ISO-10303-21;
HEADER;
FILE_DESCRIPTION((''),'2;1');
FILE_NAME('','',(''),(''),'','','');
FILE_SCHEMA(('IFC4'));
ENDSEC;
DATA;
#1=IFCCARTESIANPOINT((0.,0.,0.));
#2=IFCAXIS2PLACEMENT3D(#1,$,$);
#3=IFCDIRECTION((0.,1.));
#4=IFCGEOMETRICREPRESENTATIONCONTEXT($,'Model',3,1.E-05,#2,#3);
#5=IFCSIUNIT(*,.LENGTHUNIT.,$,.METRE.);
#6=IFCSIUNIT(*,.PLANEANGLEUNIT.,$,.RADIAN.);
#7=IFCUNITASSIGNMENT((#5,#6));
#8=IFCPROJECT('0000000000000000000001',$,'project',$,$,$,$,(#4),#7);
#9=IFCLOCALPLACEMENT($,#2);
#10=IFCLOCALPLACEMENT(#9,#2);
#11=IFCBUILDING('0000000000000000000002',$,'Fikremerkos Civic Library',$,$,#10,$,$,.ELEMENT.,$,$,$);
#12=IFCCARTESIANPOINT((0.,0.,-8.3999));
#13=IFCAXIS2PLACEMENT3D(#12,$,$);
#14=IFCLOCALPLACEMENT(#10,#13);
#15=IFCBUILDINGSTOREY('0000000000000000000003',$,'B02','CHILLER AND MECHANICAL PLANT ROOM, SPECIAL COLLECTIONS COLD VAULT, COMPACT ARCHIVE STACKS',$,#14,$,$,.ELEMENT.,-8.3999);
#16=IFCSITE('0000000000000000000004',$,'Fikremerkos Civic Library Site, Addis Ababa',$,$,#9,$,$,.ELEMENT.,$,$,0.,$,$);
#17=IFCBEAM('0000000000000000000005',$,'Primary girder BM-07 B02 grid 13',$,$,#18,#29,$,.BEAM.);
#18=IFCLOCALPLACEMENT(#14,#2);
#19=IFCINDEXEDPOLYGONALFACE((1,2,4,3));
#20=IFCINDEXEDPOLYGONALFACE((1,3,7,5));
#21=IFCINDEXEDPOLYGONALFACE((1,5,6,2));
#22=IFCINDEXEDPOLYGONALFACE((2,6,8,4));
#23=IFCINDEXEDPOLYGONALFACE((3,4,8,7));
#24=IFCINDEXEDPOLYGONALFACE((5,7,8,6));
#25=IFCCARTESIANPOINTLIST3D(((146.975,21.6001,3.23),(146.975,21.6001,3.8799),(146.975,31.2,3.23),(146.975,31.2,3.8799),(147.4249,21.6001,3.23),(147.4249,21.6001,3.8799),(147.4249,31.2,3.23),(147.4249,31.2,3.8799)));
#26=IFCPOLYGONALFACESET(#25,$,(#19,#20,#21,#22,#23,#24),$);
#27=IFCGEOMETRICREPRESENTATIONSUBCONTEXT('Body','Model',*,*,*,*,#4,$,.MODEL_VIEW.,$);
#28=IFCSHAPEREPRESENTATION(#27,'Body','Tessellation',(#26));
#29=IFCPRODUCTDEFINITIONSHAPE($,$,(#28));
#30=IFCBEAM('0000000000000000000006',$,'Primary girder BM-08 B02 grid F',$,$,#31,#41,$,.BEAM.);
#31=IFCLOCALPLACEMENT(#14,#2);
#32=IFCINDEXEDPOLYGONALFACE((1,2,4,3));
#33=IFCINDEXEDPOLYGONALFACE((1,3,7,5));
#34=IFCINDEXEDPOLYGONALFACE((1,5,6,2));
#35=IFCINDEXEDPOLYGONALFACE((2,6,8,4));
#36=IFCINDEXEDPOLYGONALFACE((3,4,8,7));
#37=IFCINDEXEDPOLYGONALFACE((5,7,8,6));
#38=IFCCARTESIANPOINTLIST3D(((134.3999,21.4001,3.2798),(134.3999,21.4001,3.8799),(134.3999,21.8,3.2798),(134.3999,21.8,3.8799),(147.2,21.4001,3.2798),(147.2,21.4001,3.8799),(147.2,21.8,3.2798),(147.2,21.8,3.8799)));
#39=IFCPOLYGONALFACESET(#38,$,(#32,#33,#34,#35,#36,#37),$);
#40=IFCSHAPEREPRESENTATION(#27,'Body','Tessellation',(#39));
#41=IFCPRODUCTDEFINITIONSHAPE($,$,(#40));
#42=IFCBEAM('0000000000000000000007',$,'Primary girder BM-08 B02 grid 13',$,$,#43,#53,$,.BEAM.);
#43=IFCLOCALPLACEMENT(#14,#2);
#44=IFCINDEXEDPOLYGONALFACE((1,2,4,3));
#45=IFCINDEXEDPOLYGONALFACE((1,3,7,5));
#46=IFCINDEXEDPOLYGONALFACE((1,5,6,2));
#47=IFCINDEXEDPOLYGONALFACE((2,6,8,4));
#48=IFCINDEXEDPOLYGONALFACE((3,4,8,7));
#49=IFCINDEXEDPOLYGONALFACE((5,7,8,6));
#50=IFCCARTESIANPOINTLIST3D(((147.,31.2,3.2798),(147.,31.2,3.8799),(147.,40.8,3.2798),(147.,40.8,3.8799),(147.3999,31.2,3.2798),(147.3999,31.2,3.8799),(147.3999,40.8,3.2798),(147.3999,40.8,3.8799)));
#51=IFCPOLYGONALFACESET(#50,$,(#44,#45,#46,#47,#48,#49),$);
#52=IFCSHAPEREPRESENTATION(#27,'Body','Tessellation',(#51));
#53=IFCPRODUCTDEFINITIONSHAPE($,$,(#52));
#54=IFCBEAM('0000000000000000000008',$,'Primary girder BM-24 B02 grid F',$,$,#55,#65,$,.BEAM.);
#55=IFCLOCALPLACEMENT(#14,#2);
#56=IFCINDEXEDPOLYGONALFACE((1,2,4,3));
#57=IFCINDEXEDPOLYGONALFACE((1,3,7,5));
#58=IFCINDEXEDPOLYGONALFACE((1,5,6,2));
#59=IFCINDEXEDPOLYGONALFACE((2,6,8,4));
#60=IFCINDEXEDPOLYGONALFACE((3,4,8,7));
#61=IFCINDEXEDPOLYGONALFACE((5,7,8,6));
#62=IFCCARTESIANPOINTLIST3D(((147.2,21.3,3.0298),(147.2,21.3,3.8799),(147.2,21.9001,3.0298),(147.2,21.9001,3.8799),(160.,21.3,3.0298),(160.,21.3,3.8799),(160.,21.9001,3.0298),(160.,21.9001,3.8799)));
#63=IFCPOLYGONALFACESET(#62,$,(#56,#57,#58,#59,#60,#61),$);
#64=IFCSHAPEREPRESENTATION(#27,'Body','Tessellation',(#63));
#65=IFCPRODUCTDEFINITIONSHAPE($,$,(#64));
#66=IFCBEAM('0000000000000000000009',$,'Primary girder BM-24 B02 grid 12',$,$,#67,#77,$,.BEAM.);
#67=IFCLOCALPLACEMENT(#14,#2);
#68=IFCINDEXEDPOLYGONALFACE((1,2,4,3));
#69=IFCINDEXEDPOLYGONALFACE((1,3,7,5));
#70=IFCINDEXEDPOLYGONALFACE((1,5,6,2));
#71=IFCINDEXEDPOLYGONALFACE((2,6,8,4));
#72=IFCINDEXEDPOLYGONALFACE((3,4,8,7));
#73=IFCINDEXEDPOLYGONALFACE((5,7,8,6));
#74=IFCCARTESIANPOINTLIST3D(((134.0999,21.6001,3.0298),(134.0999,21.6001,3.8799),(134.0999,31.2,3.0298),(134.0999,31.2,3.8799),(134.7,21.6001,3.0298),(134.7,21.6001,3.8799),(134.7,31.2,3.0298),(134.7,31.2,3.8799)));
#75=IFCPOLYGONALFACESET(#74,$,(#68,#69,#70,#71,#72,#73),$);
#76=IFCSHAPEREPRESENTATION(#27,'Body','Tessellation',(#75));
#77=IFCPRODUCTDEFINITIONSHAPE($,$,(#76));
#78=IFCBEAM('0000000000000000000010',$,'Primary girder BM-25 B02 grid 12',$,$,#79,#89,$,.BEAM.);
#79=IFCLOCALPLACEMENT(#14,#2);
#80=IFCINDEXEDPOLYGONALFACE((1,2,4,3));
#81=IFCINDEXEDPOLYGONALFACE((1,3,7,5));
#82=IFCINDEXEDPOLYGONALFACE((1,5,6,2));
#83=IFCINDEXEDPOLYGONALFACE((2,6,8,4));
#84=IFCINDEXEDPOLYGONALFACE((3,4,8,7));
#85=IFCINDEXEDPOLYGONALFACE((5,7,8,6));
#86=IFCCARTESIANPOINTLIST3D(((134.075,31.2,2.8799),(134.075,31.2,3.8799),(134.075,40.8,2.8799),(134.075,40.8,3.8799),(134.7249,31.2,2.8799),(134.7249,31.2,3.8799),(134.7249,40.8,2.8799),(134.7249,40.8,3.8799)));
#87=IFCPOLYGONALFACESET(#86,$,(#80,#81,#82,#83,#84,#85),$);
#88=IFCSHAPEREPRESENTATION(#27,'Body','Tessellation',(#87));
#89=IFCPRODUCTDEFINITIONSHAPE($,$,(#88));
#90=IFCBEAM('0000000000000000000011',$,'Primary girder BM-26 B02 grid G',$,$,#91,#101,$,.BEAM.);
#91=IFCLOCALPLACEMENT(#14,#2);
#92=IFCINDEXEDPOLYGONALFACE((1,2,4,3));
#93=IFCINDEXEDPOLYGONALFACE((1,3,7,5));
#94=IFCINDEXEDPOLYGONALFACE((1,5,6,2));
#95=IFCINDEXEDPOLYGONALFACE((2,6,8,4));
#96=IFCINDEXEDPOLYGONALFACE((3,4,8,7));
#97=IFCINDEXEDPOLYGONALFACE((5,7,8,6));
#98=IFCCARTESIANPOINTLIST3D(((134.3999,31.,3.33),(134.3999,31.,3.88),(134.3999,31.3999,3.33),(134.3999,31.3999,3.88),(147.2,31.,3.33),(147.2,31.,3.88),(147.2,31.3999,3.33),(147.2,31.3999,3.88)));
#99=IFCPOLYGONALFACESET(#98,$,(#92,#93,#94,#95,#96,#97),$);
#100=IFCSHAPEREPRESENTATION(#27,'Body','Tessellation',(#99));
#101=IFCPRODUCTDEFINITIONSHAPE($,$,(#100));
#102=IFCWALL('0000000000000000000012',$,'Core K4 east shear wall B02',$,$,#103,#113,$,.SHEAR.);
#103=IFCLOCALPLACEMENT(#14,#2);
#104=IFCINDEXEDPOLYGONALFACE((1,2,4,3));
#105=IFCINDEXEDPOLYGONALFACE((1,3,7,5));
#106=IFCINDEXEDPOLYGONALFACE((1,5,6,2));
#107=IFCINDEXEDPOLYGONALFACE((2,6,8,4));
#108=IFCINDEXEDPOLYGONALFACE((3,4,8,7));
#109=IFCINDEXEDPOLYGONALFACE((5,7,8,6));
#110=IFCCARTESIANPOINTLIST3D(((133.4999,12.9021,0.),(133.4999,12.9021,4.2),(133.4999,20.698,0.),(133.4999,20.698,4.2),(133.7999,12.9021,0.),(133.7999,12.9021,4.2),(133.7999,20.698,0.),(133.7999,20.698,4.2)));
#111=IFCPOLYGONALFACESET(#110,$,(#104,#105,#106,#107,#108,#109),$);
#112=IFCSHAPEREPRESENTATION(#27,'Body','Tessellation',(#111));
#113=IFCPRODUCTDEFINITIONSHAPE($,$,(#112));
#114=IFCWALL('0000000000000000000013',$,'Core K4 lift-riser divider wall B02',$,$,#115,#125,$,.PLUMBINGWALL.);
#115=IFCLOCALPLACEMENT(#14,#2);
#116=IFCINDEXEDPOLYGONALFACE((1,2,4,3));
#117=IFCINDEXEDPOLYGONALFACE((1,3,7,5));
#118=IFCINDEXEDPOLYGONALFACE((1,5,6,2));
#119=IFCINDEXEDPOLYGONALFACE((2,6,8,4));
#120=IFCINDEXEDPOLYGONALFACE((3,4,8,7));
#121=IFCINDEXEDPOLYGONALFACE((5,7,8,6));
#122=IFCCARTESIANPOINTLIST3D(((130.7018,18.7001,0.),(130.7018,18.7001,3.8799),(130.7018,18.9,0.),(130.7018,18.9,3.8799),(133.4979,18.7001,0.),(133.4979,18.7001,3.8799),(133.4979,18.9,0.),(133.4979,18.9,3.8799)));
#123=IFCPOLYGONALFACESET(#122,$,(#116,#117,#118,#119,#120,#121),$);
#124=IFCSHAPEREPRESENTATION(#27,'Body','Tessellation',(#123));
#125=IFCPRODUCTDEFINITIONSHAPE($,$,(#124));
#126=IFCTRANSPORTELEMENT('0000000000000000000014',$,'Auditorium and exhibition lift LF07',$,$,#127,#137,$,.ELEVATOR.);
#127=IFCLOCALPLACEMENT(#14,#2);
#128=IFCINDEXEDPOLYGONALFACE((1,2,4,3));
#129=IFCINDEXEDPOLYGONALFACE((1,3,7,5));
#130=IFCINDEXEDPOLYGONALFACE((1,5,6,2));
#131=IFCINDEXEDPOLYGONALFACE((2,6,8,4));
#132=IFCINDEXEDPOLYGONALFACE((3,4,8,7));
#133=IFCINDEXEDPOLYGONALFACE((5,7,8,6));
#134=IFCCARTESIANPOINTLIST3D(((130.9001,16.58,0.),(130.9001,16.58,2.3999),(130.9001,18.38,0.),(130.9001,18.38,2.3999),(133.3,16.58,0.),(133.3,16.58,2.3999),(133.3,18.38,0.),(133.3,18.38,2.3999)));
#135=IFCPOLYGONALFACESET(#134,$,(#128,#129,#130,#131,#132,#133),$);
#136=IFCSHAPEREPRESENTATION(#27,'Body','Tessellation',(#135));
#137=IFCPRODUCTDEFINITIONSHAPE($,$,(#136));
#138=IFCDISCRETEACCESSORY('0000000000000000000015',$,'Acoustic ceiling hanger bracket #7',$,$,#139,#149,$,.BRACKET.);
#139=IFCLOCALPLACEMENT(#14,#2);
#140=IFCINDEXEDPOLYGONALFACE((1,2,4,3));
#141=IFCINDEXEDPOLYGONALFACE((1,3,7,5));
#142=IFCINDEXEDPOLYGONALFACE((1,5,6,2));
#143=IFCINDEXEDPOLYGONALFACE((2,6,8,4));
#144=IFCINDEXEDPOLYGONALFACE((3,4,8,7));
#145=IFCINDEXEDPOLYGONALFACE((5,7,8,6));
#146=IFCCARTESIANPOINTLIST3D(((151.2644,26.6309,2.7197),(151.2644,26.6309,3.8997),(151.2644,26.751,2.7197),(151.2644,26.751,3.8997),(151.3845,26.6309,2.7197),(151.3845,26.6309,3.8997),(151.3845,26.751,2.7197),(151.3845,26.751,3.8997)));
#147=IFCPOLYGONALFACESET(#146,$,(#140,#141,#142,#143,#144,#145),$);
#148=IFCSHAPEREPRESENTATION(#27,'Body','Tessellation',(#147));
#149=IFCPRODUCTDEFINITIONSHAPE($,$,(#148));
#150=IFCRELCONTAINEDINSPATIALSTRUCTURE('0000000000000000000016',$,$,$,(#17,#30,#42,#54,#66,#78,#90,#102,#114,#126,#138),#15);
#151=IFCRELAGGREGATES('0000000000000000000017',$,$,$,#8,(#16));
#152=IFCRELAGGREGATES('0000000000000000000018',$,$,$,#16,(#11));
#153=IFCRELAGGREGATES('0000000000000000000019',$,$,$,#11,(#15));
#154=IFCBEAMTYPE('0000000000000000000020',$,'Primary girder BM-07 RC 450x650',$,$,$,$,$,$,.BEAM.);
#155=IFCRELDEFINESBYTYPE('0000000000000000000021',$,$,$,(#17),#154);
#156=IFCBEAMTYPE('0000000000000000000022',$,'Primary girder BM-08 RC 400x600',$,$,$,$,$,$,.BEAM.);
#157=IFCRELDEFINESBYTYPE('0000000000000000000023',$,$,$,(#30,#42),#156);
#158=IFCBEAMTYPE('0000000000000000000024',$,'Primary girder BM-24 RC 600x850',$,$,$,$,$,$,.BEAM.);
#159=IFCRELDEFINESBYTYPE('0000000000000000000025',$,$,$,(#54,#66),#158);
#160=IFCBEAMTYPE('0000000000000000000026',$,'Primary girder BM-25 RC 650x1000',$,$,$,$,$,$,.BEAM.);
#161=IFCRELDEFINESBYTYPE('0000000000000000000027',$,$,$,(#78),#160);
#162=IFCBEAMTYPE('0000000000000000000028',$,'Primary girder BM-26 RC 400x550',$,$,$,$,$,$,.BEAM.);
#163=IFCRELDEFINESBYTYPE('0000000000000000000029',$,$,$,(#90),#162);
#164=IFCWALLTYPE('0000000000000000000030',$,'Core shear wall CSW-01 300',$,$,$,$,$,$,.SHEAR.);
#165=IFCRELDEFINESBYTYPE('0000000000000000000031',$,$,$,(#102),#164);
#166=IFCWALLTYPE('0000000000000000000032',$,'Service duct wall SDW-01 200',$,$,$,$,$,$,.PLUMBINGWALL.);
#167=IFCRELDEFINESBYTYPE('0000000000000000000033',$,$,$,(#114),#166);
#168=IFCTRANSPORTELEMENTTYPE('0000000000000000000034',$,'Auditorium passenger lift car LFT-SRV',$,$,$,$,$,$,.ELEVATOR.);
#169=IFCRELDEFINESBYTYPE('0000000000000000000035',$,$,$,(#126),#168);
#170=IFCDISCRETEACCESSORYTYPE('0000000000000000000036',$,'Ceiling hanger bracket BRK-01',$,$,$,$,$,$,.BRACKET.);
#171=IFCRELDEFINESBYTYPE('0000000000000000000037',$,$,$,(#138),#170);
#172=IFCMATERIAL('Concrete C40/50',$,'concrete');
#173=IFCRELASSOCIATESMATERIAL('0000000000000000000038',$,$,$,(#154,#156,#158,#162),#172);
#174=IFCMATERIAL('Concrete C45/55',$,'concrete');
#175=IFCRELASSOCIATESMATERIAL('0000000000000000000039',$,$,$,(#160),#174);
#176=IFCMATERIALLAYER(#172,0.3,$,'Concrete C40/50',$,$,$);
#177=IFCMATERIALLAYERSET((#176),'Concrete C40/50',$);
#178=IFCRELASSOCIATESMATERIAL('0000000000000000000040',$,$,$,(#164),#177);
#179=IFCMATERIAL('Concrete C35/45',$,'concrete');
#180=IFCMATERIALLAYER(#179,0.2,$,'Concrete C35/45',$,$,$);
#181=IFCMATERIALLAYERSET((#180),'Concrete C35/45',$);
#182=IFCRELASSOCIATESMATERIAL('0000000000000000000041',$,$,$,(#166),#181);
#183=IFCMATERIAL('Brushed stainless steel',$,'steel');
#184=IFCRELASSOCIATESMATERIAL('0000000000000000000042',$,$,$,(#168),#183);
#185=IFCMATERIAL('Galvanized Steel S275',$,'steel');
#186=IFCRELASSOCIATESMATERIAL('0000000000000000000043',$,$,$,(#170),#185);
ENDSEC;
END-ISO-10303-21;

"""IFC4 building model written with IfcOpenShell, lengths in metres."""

from ifc_helpers import new_model, si_unit, direction, frame, frame_2d, origin, origin_2d, place, context, subcontext, project, spatial, rectangle, extrude, material, layer, layer_set, material_profile, profile_set, type_object, element, save


model = new_model("IFC4")

# Units and contexts
model_context = context("Model", 3, precision=1e-05, world=origin(), true_north=direction((0.0, 1.0)))
body_context = subcontext(model_context, "Body", "Model", "MODEL_VIEW")
ifc_project = project(units=[si_unit("LENGTHUNIT", "METRE"), si_unit("PLANEANGLEUNIT", "RADIAN")], contexts=[model_context])

# Site, building, storey
site_placement = place(None, origin())
site = spatial("IfcSite", under=ifc_project, at=site_placement, Name="Fikremerkos Civic Library Site, Addis Ababa", CompositionType="ELEMENT", RefElevation=0.0)
building_placement = place(site_placement, origin())
building = spatial("IfcBuilding", under=site, at=building_placement, Name="Fikremerkos Civic Library", CompositionType="ELEMENT")
storey_placement = place(building_placement, frame((0.0, 0.0, -8.3999)))
storey = spatial("IfcBuildingStorey", under=building, at=storey_placement, Name="B02", Description="CHILLER AND MECHANICAL PLANT ROOM, SPECIAL COLLECTIONS COLD VAULT, COMPACT ARCHIVE STACKS", CompositionType="ELEMENT", Elevation=-8.3999)

# Shared definitions
ifc_material_1 = material(Name="Concrete C35/45", Category="concrete")

# Shared definitions
ifc_material_2 = material(Name="Concrete C40/50", Category="concrete")

# Shared definitions
ifc_material_3 = material(Name="Concrete C45/55", Category="concrete")

# Beams
ifc_material_profile_1 = material_profile(ifc_material_2, rectangle(XDim=0.45, YDim=0.6499, at=origin_2d()), Name="RC 450x650")
ifc_profile_set_1 = profile_set([ifc_material_profile_1], Name="Concrete C40/50")
beam_type_1 = type_object("IfcBeamType", Name="Primary girder BM-07 RC 450x650", PredefinedType="BEAM", material=ifc_profile_set_1)
beam_1_placement = place(storey_placement, frame((147.2, 21.6001, 3.5549), z_axis=(0.0, 1.0, 0.0), x_axis=(-1.0, 0.0, 0.0)))
element("IfcBeam", 1, at=beam_1_placement, inside=storey, type_object=beam_type_1, Name="Primary girder BM-07 B02 grid 13", PredefinedType="BEAM", context=body_context, shape_type="SweptSolid", body=[
    extrude(rectangle(XDim=0.45, YDim=0.6499, at=origin_2d()), origin(), (0.0, 0.0, 1.0), 9.5999),
])
ifc_material_profile_2 = material_profile(ifc_material_2, rectangle(XDim=0.3999, YDim=0.6001, at=origin_2d()), Name="RC 400x600")
ifc_profile_set_2 = profile_set([ifc_material_profile_2], Name="Concrete C40/50")
beam_type_2 = type_object("IfcBeamType", Name="Primary girder BM-08 RC 400x600", PredefinedType="BEAM", material=ifc_profile_set_2)
beam_2_placement = place(storey_placement, frame((134.3999, 21.6001, 3.5798), z_axis=(1.0, 0.0, 0.0), x_axis=(0.0, 1.0, 0.0)))
element("IfcBeam", 2, at=beam_2_placement, inside=storey, type_object=beam_type_2, Name="Primary girder BM-08 B02 grid F", PredefinedType="BEAM", context=body_context, shape_type="SweptSolid", body=[
    extrude(rectangle(XDim=0.3999, YDim=0.6001, at=origin_2d()), origin(), (0.0, 0.0, 1.0), 12.8),
])
beam_3_placement = place(storey_placement, frame((147.2, 31.2, 3.5798), z_axis=(0.0, 1.0, 0.0), x_axis=(-1.0, 0.0, 0.0)))
element("IfcBeam", 3, at=beam_3_placement, inside=storey, type_object=beam_type_2, Name="Primary girder BM-08 B02 grid 13", PredefinedType="BEAM", context=body_context, shape_type="SweptSolid", body=[
    extrude(rectangle(XDim=0.3999, YDim=0.6001, at=origin_2d()), origin(), (0.0, 0.0, 1.0), 9.6001),
])
ifc_material_profile_3 = material_profile(ifc_material_2, rectangle(XDim=0.6001, YDim=0.8501, at=origin_2d()), Name="RC 600x850")
ifc_profile_set_3 = profile_set([ifc_material_profile_3], Name="Concrete C40/50")
beam_type_3 = type_object("IfcBeamType", Name="Primary girder BM-24 RC 600x850", PredefinedType="BEAM", material=ifc_profile_set_3)
beam_4_placement = place(storey_placement, frame((147.2, 21.6001, 3.4548), z_axis=(1.0, 0.0, 0.0), x_axis=(0.0, 1.0, 0.0)))
element("IfcBeam", 4, at=beam_4_placement, inside=storey, type_object=beam_type_3, Name="Primary girder BM-24 B02 grid F", PredefinedType="BEAM", context=body_context, shape_type="SweptSolid", body=[
    extrude(rectangle(XDim=0.6001, YDim=0.8501, at=origin_2d()), origin(), (0.0, 0.0, 1.0), 12.8),
])
beam_5_placement = place(storey_placement, frame((134.3999, 21.6001, 3.4548), z_axis=(0.0, 1.0, 0.0), x_axis=(-1.0, 0.0, 0.0)))
element("IfcBeam", 5, at=beam_5_placement, inside=storey, type_object=beam_type_3, Name="Primary girder BM-24 B02 grid 12", PredefinedType="BEAM", context=body_context, shape_type="SweptSolid", body=[
    extrude(rectangle(XDim=0.6001, YDim=0.8501, at=origin_2d()), origin(), (0.0, 0.0, 1.0), 9.5999),
])
ifc_material_profile_4 = material_profile(ifc_material_3, rectangle(XDim=0.6499, YDim=1.0, at=origin_2d()), Name="RC 650x1000")
ifc_profile_set_4 = profile_set([ifc_material_profile_4], Name="Concrete C45/55")
beam_type_4 = type_object("IfcBeamType", Name="Primary girder BM-25 RC 650x1000", PredefinedType="BEAM", material=ifc_profile_set_4)
beam_6_placement = place(storey_placement, frame((134.3999, 31.2, 3.3799), z_axis=(0.0, 1.0, 0.0), x_axis=(-1.0, 0.0, 0.0)))
element("IfcBeam", 6, at=beam_6_placement, inside=storey, type_object=beam_type_4, Name="Primary girder BM-25 B02 grid 12", PredefinedType="BEAM", context=body_context, shape_type="SweptSolid", body=[
    extrude(rectangle(XDim=0.6499, YDim=1.0, at=origin_2d()), origin(), (0.0, 0.0, 1.0), 9.6001),
])
ifc_material_profile_5 = material_profile(ifc_material_2, rectangle(XDim=0.3999, YDim=0.55, at=origin_2d()), Name="RC 400x550")
ifc_profile_set_5 = profile_set([ifc_material_profile_5], Name="Concrete C40/50")
beam_type_5 = type_object("IfcBeamType", Name="Primary girder BM-26 RC 400x550", PredefinedType="BEAM", material=ifc_profile_set_5)
beam_7_placement = place(storey_placement, frame((134.3999, 31.2, 3.605), z_axis=(1.0, 0.0, 0.0), x_axis=(0.0, 1.0, 0.0)))
element("IfcBeam", 7, at=beam_7_placement, inside=storey, type_object=beam_type_5, Name="Primary girder BM-26 B02 grid G", PredefinedType="BEAM", context=body_context, shape_type="SweptSolid", body=[
    extrude(rectangle(XDim=0.3999, YDim=0.55, at=origin_2d()), origin(), (0.0, 0.0, 1.0), 12.8),
])

# Walls
ifc_layer_1 = layer(ifc_material_2, 0.3, Name="Concrete C40/50")
ifc_layer_set_1 = layer_set([ifc_layer_1], Name="Concrete C40/50")
wall_type_1 = type_object("IfcWallType", Name="Core shear wall CSW-01 300", PredefinedType="SHEAR", material=ifc_layer_set_1)
wall_1_placement = place(storey_placement, frame((133.6499, 20.698, 0.0), z_axis=(0.0, 0.0, 1.0), x_axis=(0.0, -1.0, 0.0)))
element("IfcWall", 8, at=wall_1_placement, inside=storey, type_object=wall_type_1, Name="Core K4 east shear wall B02", PredefinedType="SHEAR", context=body_context, shape_type="SweptSolid", body=[
    extrude(rectangle(XDim=7.7959, YDim=0.3, at=frame_2d((3.8979, 0.0))), origin(), (0.0, 0.0, 1.0), 4.2),
])
ifc_layer_2 = layer(ifc_material_1, 0.2, Name="Concrete C35/45")
ifc_layer_set_2 = layer_set([ifc_layer_2], Name="Concrete C35/45")
wall_type_2 = type_object("IfcWallType", Name="Service duct wall SDW-01 200", PredefinedType="PLUMBINGWALL", material=ifc_layer_set_2)
wall_2_placement = place(storey_placement, frame((130.7019, 18.8, 0.0), z_axis=(0.0, 0.0, 1.0), x_axis=(1.0, 0.0, 0.0)))
element("IfcWall", 9, at=wall_2_placement, inside=storey, type_object=wall_type_2, Name="Core K4 lift-riser divider wall B02", PredefinedType="PLUMBINGWALL", context=body_context, shape_type="SweptSolid", body=[
    extrude(rectangle(XDim=2.7961, YDim=0.2, at=frame_2d((1.3979, 0.0))), origin(), (0.0, 0.0, 1.0), 3.8799),
])

# Transport element
ifc_material_4 = material(Name="Brushed stainless steel", Category="steel")
transport_element_type = type_object("IfcTransportElementType", Name="Auditorium passenger lift car LFT-SRV", PredefinedType="ELEVATOR", material=ifc_material_4)
transport_element_placement = place(storey_placement, frame((132.1001, 17.48, 0.0), z_axis=(0.0, 0.0, 1.0), x_axis=(1.0, 0.0, 0.0)))
element("IfcTransportElement", 10, at=transport_element_placement, inside=storey, type_object=transport_element_type, Name="Auditorium and exhibition lift LF07", PredefinedType="ELEVATOR", context=body_context, shape_type="SweptSolid", body=[
    extrude(rectangle(XDim=2.3999, YDim=1.8, at=origin_2d()), origin(), (0.0, 0.0, 1.0), 2.3999),
])

# Discrete accessory
ifc_material_5 = material(Name="Galvanized Steel S275", Category="steel")
discrete_accessory_type = type_object("IfcDiscreteAccessoryType", Name="Ceiling hanger bracket BRK-01", PredefinedType="BRACKET", material=ifc_material_5)
discrete_accessory_placement = place(storey_placement, frame((151.3245, 26.6909, 2.7197), z_axis=(0.0, 0.0, 1.0), x_axis=(1.0, 0.0, 0.0)))
element("IfcDiscreteAccessory", 11, at=discrete_accessory_placement, inside=storey, type_object=discrete_accessory_type, Name="Acoustic ceiling hanger bracket #7", PredefinedType="BRACKET", context=body_context, shape_type="SweptSolid", body=[
    extrude(rectangle(XDim=0.1201, YDim=0.1201, at=origin_2d()), origin(), (0.0, 0.0, 1.0), 1.1799),
])

save(model, "model.ifc")
